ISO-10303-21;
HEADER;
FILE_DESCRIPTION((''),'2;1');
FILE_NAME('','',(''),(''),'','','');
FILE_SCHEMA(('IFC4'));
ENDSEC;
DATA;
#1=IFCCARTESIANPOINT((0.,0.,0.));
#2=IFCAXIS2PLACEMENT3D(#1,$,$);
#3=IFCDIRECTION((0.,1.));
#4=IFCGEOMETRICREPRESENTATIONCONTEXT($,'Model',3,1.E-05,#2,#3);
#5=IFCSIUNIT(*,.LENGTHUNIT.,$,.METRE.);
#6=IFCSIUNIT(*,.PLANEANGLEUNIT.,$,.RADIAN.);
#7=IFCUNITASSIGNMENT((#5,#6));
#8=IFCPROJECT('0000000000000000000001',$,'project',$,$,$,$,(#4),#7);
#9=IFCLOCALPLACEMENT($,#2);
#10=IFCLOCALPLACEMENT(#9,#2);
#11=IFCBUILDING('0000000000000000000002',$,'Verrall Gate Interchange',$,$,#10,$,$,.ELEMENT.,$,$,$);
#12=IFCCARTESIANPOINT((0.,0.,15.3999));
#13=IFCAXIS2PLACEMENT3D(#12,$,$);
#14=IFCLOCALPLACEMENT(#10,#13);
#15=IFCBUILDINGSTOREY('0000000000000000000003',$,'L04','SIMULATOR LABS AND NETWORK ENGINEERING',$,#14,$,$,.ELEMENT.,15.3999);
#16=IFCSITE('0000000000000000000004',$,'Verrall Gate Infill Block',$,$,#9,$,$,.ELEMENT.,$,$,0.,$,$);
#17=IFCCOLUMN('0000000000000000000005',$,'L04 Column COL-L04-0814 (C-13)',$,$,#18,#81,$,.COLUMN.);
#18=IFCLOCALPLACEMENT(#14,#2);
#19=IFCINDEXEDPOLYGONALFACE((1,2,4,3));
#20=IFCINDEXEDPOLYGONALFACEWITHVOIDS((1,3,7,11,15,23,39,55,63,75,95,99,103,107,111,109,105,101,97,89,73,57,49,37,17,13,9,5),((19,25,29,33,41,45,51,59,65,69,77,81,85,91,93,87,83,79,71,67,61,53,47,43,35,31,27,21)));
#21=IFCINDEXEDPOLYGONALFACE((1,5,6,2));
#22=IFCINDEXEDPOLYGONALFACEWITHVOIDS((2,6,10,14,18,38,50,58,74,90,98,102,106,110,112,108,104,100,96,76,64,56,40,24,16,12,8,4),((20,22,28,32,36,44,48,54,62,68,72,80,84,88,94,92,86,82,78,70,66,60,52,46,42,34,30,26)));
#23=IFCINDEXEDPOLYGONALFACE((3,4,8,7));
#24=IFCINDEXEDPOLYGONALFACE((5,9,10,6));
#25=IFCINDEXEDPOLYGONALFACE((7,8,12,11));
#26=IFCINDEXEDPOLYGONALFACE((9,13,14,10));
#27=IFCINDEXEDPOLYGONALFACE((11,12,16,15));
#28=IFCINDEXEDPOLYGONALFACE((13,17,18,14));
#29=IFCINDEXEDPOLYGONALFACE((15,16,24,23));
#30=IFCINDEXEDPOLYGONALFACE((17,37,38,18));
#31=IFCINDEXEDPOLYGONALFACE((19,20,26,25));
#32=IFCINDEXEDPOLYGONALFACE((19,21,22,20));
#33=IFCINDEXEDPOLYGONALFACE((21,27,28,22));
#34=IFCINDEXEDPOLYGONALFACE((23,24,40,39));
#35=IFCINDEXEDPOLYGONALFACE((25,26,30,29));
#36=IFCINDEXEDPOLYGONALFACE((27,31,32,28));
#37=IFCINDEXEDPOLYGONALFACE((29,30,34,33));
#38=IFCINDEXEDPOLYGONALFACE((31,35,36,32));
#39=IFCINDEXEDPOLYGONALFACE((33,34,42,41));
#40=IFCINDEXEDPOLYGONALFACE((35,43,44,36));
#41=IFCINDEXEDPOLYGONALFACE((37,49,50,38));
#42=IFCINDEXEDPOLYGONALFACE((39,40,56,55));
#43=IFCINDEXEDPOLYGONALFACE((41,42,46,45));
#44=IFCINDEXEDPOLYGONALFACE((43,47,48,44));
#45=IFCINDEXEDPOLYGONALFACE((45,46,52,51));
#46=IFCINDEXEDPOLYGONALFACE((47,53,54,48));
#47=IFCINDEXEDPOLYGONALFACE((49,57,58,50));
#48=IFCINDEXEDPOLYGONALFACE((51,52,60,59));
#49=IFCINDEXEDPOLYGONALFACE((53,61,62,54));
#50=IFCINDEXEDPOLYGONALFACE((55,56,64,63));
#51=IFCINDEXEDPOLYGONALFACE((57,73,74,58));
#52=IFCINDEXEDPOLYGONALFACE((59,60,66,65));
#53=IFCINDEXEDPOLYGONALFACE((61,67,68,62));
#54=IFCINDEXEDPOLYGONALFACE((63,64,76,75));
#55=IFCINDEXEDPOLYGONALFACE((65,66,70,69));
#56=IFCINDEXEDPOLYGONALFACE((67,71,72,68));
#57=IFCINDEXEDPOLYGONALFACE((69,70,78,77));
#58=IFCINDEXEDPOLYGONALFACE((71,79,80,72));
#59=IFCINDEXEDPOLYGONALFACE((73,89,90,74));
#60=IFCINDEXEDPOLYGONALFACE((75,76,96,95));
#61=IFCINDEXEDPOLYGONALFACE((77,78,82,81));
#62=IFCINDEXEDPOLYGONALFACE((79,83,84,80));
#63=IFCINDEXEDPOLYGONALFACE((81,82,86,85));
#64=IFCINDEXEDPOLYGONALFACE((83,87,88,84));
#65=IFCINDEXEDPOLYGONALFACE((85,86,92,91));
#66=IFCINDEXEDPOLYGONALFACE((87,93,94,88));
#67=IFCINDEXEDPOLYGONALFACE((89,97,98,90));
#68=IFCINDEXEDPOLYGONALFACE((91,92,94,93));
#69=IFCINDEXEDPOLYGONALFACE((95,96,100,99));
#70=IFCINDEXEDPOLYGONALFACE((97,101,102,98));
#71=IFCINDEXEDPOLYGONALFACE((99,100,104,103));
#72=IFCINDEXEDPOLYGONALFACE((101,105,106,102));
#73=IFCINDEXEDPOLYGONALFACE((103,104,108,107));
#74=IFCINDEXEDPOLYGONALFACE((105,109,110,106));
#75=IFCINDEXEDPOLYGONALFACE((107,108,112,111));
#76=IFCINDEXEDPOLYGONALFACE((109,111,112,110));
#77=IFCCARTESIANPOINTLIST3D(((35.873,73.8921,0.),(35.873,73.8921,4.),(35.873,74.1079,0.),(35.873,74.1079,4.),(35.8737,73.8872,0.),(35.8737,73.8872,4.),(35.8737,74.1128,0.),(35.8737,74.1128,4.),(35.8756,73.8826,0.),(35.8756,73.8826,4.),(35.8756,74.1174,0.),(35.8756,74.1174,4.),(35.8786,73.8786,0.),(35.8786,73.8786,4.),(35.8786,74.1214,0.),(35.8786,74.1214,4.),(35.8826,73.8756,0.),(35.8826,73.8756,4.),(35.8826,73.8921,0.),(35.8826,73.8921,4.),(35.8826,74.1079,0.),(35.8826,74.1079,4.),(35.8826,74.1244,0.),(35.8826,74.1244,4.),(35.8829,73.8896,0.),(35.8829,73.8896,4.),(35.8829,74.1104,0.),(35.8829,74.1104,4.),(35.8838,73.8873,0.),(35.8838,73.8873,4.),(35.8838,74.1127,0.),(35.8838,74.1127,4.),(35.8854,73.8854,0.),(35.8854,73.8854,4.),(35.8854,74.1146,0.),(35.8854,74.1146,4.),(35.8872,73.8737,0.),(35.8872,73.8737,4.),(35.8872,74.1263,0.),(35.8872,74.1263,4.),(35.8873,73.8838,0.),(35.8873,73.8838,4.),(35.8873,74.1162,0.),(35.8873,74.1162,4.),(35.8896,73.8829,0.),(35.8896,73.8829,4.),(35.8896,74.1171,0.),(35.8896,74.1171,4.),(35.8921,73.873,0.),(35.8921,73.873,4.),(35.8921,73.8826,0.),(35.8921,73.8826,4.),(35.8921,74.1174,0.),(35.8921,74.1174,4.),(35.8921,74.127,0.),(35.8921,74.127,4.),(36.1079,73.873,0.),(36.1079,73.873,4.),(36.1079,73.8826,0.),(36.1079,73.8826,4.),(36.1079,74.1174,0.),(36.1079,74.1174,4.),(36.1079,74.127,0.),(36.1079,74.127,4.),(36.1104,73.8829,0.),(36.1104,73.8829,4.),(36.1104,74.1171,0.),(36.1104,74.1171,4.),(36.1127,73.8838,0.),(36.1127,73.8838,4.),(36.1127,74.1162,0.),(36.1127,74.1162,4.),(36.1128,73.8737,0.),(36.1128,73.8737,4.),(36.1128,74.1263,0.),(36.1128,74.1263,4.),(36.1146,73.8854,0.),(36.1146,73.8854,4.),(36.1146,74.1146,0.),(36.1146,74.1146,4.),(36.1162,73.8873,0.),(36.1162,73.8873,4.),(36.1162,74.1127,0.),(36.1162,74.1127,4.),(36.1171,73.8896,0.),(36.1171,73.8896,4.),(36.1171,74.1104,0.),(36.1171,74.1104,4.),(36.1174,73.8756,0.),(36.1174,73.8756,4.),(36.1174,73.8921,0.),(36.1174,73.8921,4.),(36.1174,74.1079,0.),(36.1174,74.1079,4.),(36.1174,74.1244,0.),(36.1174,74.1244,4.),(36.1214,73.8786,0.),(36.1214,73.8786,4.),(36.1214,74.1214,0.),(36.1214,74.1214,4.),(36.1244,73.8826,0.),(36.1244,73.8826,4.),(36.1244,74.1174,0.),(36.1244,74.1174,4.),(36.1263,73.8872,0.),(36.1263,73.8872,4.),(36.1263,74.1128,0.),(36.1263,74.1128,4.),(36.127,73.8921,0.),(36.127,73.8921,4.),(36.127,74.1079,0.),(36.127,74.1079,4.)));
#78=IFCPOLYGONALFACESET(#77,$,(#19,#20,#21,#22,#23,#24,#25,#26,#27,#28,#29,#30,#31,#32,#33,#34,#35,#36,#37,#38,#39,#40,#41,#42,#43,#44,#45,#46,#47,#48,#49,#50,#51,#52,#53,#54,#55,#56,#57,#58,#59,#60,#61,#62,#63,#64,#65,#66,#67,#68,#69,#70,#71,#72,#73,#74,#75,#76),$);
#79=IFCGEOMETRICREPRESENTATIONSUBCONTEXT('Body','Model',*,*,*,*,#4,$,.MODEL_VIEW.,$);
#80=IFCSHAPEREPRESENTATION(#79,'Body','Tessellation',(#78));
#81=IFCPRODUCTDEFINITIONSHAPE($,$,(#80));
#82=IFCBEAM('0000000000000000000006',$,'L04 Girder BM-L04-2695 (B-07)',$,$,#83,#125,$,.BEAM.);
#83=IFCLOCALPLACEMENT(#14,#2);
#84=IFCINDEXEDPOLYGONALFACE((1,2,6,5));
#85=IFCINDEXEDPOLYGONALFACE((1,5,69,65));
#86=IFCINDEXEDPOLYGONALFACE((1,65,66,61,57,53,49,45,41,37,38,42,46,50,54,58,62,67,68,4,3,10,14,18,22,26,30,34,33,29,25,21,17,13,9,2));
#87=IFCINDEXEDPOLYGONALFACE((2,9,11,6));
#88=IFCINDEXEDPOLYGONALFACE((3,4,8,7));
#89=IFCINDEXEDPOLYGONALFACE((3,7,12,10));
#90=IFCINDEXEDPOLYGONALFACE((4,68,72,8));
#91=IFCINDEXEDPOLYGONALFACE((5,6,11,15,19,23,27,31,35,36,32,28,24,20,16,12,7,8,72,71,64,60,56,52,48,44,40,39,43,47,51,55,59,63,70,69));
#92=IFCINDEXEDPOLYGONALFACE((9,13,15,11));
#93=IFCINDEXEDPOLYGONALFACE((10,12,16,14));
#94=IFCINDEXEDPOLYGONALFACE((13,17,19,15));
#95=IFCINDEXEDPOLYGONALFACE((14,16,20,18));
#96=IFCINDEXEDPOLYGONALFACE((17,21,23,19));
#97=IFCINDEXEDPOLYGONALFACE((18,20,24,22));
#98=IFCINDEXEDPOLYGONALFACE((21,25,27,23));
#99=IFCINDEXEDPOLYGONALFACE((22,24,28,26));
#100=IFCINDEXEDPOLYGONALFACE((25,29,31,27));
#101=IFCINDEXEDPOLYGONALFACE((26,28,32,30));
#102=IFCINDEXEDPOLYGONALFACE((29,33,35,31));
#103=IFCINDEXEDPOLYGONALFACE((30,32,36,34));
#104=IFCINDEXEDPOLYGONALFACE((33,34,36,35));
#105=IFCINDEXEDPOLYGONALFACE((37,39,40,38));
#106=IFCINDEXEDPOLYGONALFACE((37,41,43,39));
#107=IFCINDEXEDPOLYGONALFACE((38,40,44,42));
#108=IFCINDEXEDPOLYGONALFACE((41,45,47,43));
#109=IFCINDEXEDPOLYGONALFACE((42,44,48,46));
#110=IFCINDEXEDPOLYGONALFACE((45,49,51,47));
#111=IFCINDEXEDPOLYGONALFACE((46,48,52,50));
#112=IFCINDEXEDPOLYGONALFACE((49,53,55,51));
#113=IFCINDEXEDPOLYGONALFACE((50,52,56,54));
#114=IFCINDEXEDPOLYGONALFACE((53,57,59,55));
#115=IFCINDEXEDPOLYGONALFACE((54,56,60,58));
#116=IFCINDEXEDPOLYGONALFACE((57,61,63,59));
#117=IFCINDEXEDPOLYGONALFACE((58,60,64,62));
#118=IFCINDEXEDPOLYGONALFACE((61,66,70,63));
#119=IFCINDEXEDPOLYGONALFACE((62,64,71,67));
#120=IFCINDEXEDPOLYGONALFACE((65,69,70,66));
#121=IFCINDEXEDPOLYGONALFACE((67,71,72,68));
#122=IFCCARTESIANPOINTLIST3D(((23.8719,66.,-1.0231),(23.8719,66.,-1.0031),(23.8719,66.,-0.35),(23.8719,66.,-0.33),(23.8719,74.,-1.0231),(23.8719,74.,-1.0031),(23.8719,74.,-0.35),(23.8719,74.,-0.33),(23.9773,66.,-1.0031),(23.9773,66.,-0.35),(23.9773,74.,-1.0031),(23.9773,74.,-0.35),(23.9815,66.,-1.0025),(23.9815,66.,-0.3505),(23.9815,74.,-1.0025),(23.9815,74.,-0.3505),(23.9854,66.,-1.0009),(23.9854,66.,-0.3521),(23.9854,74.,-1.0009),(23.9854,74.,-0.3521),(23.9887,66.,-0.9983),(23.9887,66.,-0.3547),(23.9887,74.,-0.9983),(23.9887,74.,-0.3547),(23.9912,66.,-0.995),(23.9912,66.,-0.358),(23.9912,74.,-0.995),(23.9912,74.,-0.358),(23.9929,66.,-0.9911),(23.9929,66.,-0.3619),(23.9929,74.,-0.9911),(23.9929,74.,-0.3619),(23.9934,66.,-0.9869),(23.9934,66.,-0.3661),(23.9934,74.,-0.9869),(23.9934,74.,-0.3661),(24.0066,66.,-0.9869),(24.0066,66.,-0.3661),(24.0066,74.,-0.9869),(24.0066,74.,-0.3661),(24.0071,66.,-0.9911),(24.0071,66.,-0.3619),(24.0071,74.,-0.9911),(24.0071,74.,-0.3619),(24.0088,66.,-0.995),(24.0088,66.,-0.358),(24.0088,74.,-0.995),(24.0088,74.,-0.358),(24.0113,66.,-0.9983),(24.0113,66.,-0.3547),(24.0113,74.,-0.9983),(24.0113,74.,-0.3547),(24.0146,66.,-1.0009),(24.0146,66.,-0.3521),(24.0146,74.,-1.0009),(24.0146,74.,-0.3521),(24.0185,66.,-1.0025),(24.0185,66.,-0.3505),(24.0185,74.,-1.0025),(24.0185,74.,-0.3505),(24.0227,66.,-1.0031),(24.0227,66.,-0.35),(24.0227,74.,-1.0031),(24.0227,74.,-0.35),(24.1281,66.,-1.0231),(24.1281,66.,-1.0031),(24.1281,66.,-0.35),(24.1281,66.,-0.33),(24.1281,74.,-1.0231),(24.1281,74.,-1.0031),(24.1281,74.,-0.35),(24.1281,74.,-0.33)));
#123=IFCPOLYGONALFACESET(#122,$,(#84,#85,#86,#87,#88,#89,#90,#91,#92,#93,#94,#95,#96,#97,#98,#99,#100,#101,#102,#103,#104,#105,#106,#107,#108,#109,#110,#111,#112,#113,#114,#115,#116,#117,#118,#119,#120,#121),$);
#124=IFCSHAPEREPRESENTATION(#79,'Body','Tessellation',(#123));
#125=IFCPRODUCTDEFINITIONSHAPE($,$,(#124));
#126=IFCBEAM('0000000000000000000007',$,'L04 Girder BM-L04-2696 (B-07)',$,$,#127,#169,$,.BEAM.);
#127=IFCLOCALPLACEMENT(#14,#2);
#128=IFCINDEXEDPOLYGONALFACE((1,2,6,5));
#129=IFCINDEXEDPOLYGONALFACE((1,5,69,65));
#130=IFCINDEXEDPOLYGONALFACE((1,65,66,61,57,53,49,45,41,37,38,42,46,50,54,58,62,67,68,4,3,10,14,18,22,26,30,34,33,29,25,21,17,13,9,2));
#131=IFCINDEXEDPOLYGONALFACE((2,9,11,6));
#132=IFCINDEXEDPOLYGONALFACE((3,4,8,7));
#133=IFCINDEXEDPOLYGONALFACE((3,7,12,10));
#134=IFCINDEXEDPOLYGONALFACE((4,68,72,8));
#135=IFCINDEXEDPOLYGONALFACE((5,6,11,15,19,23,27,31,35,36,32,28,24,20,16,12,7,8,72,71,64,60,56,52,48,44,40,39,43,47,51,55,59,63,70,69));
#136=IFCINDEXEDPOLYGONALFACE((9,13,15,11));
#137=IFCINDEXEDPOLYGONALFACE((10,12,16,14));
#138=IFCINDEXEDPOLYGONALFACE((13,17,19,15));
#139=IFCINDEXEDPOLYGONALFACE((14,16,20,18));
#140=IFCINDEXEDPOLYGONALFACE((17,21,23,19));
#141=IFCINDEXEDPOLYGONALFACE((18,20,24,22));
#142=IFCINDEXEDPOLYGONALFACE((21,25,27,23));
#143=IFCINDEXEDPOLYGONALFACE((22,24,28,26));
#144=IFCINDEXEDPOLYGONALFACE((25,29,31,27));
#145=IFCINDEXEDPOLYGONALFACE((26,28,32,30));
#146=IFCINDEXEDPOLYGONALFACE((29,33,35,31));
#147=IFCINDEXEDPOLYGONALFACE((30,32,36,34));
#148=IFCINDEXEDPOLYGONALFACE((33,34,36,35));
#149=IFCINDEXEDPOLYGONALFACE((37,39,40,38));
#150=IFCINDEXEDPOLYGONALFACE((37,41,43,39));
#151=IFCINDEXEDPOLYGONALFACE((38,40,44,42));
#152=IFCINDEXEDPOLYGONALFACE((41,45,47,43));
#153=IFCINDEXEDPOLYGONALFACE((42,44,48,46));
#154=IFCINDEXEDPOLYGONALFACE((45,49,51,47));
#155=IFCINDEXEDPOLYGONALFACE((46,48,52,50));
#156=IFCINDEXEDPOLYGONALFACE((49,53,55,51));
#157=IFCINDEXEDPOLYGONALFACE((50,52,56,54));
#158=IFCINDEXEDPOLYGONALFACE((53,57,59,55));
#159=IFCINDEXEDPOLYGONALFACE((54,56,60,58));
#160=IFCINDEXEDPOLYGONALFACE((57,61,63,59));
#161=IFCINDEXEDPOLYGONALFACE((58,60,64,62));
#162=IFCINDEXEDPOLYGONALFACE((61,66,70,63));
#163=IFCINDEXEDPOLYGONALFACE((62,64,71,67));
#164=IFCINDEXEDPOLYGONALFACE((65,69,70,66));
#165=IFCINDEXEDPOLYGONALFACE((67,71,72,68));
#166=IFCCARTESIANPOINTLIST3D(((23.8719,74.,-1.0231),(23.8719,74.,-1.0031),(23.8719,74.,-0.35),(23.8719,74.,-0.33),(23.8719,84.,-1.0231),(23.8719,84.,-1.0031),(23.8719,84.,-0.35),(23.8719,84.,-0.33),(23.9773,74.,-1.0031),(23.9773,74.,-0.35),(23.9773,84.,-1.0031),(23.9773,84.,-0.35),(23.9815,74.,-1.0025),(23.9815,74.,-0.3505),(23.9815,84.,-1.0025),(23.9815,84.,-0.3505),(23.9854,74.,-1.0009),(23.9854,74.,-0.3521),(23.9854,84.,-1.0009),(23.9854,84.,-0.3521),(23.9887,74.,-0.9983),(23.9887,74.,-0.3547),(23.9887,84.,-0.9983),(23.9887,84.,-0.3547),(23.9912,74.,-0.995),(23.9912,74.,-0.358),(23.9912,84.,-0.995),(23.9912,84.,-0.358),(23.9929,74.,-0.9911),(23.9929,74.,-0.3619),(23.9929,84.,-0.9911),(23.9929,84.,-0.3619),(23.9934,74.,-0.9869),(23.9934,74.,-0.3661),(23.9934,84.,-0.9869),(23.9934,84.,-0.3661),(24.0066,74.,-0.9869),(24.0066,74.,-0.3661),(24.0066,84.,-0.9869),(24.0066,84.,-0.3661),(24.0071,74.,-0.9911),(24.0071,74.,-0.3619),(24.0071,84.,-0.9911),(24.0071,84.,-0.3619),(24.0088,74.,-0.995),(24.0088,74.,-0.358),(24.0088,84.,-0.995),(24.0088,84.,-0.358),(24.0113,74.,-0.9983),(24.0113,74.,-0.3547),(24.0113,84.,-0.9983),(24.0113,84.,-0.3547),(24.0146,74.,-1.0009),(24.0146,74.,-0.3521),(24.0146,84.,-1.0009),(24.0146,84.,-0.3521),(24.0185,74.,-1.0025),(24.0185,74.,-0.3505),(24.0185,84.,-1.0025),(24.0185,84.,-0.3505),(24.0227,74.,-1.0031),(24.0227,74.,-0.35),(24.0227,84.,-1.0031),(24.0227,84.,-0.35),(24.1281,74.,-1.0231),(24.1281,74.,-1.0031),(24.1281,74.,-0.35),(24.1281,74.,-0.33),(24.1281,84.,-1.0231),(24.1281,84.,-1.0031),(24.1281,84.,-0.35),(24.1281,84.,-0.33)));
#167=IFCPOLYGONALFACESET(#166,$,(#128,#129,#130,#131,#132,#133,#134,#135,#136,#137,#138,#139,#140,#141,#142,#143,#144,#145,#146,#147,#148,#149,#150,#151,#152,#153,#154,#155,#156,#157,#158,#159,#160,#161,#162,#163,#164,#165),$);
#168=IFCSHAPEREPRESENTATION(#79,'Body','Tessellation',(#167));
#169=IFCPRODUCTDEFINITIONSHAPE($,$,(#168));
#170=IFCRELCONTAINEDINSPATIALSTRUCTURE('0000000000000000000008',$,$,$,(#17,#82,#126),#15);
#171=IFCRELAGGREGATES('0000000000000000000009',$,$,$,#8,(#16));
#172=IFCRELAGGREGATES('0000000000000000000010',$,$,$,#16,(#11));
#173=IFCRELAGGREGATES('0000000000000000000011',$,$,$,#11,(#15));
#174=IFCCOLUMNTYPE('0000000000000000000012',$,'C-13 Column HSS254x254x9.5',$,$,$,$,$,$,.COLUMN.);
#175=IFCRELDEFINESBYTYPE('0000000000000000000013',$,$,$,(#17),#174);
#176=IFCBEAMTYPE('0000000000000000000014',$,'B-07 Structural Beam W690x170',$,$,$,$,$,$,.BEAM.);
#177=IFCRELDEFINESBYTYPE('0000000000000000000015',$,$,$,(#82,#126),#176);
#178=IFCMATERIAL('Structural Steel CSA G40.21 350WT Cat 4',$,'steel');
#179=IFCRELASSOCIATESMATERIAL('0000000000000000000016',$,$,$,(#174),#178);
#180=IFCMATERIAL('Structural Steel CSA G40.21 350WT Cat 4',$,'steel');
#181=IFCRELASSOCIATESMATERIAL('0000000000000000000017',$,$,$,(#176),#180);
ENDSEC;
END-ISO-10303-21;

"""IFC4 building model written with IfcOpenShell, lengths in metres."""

from ifc_helpers import new_model, si_unit, direction, frame, origin, origin_2d, place, context, subcontext, project, spatial, hollow_rectangle, i_section, extrude, material, material_profile, profile_set, type_object, element, save


model = new_model("IFC4")

# Units and contexts
model_context = context("Model", 3, precision=1e-05, world=origin(), true_north=direction((0.0, 1.0)))
body_context = subcontext(model_context, "Body", "Model", "MODEL_VIEW")
ifc_project = project(units=[si_unit("LENGTHUNIT", "METRE"), si_unit("PLANEANGLEUNIT", "RADIAN")], contexts=[model_context])

# Site, building, storey
site_placement = place(None, origin())
site = spatial("IfcSite", under=ifc_project, at=site_placement, Name="Verrall Gate Infill Block", CompositionType="ELEMENT", RefElevation=0.0)
building_placement = place(site_placement, origin())
building = spatial("IfcBuilding", under=site, at=building_placement, Name="Verrall Gate Interchange", CompositionType="ELEMENT")
storey_placement = place(building_placement, frame((0.0, 0.0, 15.3999)))
storey = spatial("IfcBuildingStorey", under=building, at=storey_placement, Name="L04", Description="SIMULATOR LABS AND NETWORK ENGINEERING", CompositionType="ELEMENT", Elevation=15.3999)

# Column
ifc_material_1 = material(Name="Structural Steel CSA G40.21 350WT Cat 4", Category="steel")
ifc_material_profile_1 = material_profile(ifc_material_1, hollow_rectangle(XDim=0.2539, YDim=0.2539, WallThickness=0.0095, InnerFilletRadius=0.0095, OuterFilletRadius=0.019, at=origin_2d()), Name="HSS254x254x9.5")
ifc_profile_set_1 = profile_set([ifc_material_profile_1], Name="Structural Steel CSA G40.21 350WT Cat 4")
column_type_1 = type_object("IfcColumnType", Name="C-13 Column HSS254x254x9.5", PredefinedType="COLUMN", material=ifc_profile_set_1)
for number, where, z_axis, x_axis, name in (
    (1, (36.0, 74.0, 0.0), (0.0, 0.0, 1.0), (1.0, 0.0, 0.0), "L04 Column COL-L04-0814 (C-13)"),
):
    element("IfcColumn", number, at=place(storey_placement, frame(where, z_axis=z_axis, x_axis=x_axis)), inside=storey, type_object=column_type_1, Name=name, PredefinedType="COLUMN", context=body_context, shape_type="SweptSolid", body=[
        extrude(hollow_rectangle(XDim=0.2539, YDim=0.2539, WallThickness=0.0095, InnerFilletRadius=0.0095, OuterFilletRadius=0.019, at=origin_2d()), origin(), (0.0, 0.0, 1.0), 4.0),
    ])

# Beams
ifc_material_2 = material(Name="Structural Steel CSA G40.21 350WT Cat 4", Category="steel")
ifc_material_profile_2 = material_profile(ifc_material_2, i_section(OverallWidth=0.2561, OverallDepth=0.6931, WebThickness=0.0132, FlangeThickness=0.02, FilletRadius=0.0161, at=origin_2d()), Name="W690x170")
ifc_profile_set_2 = profile_set([ifc_material_profile_2], Name="Structural Steel CSA G40.21 350WT Cat 4")
beam_type_1 = type_object("IfcBeamType", Name="B-07 Structural Beam W690x170", PredefinedType="BEAM", material=ifc_profile_set_2)
beam_1_placement = place(storey_placement, frame((24.0, 66.0, -0.6765), z_axis=(0.0, 1.0, 0.0), x_axis=(-1.0, 0.0, 0.0)))
element("IfcBeam", 2, at=beam_1_placement, inside=storey, type_object=beam_type_1, Name="L04 Girder BM-L04-2695 (B-07)", PredefinedType="BEAM", context=body_context, shape_type="SweptSolid", body=[
    extrude(i_section(OverallWidth=0.2561, OverallDepth=0.6931, WebThickness=0.0132, FlangeThickness=0.02, FilletRadius=0.0161, at=origin_2d()), origin(), (0.0, 0.0, 1.0), 8.0),
])
beam_2_placement = place(storey_placement, frame((24.0, 74.0, -0.6765), z_axis=(0.0, 1.0, 0.0), x_axis=(-1.0, 0.0, 0.0)))
element("IfcBeam", 3, at=beam_2_placement, inside=storey, type_object=beam_type_1, Name="L04 Girder BM-L04-2696 (B-07)", PredefinedType="BEAM", context=body_context, shape_type="SweptSolid", body=[
    extrude(i_section(OverallWidth=0.2561, OverallDepth=0.6931, WebThickness=0.0132, FlangeThickness=0.02, FilletRadius=0.0161, at=origin_2d()), origin(), (0.0, 0.0, 1.0), 10.0),
])

save(model, "model.ifc")
